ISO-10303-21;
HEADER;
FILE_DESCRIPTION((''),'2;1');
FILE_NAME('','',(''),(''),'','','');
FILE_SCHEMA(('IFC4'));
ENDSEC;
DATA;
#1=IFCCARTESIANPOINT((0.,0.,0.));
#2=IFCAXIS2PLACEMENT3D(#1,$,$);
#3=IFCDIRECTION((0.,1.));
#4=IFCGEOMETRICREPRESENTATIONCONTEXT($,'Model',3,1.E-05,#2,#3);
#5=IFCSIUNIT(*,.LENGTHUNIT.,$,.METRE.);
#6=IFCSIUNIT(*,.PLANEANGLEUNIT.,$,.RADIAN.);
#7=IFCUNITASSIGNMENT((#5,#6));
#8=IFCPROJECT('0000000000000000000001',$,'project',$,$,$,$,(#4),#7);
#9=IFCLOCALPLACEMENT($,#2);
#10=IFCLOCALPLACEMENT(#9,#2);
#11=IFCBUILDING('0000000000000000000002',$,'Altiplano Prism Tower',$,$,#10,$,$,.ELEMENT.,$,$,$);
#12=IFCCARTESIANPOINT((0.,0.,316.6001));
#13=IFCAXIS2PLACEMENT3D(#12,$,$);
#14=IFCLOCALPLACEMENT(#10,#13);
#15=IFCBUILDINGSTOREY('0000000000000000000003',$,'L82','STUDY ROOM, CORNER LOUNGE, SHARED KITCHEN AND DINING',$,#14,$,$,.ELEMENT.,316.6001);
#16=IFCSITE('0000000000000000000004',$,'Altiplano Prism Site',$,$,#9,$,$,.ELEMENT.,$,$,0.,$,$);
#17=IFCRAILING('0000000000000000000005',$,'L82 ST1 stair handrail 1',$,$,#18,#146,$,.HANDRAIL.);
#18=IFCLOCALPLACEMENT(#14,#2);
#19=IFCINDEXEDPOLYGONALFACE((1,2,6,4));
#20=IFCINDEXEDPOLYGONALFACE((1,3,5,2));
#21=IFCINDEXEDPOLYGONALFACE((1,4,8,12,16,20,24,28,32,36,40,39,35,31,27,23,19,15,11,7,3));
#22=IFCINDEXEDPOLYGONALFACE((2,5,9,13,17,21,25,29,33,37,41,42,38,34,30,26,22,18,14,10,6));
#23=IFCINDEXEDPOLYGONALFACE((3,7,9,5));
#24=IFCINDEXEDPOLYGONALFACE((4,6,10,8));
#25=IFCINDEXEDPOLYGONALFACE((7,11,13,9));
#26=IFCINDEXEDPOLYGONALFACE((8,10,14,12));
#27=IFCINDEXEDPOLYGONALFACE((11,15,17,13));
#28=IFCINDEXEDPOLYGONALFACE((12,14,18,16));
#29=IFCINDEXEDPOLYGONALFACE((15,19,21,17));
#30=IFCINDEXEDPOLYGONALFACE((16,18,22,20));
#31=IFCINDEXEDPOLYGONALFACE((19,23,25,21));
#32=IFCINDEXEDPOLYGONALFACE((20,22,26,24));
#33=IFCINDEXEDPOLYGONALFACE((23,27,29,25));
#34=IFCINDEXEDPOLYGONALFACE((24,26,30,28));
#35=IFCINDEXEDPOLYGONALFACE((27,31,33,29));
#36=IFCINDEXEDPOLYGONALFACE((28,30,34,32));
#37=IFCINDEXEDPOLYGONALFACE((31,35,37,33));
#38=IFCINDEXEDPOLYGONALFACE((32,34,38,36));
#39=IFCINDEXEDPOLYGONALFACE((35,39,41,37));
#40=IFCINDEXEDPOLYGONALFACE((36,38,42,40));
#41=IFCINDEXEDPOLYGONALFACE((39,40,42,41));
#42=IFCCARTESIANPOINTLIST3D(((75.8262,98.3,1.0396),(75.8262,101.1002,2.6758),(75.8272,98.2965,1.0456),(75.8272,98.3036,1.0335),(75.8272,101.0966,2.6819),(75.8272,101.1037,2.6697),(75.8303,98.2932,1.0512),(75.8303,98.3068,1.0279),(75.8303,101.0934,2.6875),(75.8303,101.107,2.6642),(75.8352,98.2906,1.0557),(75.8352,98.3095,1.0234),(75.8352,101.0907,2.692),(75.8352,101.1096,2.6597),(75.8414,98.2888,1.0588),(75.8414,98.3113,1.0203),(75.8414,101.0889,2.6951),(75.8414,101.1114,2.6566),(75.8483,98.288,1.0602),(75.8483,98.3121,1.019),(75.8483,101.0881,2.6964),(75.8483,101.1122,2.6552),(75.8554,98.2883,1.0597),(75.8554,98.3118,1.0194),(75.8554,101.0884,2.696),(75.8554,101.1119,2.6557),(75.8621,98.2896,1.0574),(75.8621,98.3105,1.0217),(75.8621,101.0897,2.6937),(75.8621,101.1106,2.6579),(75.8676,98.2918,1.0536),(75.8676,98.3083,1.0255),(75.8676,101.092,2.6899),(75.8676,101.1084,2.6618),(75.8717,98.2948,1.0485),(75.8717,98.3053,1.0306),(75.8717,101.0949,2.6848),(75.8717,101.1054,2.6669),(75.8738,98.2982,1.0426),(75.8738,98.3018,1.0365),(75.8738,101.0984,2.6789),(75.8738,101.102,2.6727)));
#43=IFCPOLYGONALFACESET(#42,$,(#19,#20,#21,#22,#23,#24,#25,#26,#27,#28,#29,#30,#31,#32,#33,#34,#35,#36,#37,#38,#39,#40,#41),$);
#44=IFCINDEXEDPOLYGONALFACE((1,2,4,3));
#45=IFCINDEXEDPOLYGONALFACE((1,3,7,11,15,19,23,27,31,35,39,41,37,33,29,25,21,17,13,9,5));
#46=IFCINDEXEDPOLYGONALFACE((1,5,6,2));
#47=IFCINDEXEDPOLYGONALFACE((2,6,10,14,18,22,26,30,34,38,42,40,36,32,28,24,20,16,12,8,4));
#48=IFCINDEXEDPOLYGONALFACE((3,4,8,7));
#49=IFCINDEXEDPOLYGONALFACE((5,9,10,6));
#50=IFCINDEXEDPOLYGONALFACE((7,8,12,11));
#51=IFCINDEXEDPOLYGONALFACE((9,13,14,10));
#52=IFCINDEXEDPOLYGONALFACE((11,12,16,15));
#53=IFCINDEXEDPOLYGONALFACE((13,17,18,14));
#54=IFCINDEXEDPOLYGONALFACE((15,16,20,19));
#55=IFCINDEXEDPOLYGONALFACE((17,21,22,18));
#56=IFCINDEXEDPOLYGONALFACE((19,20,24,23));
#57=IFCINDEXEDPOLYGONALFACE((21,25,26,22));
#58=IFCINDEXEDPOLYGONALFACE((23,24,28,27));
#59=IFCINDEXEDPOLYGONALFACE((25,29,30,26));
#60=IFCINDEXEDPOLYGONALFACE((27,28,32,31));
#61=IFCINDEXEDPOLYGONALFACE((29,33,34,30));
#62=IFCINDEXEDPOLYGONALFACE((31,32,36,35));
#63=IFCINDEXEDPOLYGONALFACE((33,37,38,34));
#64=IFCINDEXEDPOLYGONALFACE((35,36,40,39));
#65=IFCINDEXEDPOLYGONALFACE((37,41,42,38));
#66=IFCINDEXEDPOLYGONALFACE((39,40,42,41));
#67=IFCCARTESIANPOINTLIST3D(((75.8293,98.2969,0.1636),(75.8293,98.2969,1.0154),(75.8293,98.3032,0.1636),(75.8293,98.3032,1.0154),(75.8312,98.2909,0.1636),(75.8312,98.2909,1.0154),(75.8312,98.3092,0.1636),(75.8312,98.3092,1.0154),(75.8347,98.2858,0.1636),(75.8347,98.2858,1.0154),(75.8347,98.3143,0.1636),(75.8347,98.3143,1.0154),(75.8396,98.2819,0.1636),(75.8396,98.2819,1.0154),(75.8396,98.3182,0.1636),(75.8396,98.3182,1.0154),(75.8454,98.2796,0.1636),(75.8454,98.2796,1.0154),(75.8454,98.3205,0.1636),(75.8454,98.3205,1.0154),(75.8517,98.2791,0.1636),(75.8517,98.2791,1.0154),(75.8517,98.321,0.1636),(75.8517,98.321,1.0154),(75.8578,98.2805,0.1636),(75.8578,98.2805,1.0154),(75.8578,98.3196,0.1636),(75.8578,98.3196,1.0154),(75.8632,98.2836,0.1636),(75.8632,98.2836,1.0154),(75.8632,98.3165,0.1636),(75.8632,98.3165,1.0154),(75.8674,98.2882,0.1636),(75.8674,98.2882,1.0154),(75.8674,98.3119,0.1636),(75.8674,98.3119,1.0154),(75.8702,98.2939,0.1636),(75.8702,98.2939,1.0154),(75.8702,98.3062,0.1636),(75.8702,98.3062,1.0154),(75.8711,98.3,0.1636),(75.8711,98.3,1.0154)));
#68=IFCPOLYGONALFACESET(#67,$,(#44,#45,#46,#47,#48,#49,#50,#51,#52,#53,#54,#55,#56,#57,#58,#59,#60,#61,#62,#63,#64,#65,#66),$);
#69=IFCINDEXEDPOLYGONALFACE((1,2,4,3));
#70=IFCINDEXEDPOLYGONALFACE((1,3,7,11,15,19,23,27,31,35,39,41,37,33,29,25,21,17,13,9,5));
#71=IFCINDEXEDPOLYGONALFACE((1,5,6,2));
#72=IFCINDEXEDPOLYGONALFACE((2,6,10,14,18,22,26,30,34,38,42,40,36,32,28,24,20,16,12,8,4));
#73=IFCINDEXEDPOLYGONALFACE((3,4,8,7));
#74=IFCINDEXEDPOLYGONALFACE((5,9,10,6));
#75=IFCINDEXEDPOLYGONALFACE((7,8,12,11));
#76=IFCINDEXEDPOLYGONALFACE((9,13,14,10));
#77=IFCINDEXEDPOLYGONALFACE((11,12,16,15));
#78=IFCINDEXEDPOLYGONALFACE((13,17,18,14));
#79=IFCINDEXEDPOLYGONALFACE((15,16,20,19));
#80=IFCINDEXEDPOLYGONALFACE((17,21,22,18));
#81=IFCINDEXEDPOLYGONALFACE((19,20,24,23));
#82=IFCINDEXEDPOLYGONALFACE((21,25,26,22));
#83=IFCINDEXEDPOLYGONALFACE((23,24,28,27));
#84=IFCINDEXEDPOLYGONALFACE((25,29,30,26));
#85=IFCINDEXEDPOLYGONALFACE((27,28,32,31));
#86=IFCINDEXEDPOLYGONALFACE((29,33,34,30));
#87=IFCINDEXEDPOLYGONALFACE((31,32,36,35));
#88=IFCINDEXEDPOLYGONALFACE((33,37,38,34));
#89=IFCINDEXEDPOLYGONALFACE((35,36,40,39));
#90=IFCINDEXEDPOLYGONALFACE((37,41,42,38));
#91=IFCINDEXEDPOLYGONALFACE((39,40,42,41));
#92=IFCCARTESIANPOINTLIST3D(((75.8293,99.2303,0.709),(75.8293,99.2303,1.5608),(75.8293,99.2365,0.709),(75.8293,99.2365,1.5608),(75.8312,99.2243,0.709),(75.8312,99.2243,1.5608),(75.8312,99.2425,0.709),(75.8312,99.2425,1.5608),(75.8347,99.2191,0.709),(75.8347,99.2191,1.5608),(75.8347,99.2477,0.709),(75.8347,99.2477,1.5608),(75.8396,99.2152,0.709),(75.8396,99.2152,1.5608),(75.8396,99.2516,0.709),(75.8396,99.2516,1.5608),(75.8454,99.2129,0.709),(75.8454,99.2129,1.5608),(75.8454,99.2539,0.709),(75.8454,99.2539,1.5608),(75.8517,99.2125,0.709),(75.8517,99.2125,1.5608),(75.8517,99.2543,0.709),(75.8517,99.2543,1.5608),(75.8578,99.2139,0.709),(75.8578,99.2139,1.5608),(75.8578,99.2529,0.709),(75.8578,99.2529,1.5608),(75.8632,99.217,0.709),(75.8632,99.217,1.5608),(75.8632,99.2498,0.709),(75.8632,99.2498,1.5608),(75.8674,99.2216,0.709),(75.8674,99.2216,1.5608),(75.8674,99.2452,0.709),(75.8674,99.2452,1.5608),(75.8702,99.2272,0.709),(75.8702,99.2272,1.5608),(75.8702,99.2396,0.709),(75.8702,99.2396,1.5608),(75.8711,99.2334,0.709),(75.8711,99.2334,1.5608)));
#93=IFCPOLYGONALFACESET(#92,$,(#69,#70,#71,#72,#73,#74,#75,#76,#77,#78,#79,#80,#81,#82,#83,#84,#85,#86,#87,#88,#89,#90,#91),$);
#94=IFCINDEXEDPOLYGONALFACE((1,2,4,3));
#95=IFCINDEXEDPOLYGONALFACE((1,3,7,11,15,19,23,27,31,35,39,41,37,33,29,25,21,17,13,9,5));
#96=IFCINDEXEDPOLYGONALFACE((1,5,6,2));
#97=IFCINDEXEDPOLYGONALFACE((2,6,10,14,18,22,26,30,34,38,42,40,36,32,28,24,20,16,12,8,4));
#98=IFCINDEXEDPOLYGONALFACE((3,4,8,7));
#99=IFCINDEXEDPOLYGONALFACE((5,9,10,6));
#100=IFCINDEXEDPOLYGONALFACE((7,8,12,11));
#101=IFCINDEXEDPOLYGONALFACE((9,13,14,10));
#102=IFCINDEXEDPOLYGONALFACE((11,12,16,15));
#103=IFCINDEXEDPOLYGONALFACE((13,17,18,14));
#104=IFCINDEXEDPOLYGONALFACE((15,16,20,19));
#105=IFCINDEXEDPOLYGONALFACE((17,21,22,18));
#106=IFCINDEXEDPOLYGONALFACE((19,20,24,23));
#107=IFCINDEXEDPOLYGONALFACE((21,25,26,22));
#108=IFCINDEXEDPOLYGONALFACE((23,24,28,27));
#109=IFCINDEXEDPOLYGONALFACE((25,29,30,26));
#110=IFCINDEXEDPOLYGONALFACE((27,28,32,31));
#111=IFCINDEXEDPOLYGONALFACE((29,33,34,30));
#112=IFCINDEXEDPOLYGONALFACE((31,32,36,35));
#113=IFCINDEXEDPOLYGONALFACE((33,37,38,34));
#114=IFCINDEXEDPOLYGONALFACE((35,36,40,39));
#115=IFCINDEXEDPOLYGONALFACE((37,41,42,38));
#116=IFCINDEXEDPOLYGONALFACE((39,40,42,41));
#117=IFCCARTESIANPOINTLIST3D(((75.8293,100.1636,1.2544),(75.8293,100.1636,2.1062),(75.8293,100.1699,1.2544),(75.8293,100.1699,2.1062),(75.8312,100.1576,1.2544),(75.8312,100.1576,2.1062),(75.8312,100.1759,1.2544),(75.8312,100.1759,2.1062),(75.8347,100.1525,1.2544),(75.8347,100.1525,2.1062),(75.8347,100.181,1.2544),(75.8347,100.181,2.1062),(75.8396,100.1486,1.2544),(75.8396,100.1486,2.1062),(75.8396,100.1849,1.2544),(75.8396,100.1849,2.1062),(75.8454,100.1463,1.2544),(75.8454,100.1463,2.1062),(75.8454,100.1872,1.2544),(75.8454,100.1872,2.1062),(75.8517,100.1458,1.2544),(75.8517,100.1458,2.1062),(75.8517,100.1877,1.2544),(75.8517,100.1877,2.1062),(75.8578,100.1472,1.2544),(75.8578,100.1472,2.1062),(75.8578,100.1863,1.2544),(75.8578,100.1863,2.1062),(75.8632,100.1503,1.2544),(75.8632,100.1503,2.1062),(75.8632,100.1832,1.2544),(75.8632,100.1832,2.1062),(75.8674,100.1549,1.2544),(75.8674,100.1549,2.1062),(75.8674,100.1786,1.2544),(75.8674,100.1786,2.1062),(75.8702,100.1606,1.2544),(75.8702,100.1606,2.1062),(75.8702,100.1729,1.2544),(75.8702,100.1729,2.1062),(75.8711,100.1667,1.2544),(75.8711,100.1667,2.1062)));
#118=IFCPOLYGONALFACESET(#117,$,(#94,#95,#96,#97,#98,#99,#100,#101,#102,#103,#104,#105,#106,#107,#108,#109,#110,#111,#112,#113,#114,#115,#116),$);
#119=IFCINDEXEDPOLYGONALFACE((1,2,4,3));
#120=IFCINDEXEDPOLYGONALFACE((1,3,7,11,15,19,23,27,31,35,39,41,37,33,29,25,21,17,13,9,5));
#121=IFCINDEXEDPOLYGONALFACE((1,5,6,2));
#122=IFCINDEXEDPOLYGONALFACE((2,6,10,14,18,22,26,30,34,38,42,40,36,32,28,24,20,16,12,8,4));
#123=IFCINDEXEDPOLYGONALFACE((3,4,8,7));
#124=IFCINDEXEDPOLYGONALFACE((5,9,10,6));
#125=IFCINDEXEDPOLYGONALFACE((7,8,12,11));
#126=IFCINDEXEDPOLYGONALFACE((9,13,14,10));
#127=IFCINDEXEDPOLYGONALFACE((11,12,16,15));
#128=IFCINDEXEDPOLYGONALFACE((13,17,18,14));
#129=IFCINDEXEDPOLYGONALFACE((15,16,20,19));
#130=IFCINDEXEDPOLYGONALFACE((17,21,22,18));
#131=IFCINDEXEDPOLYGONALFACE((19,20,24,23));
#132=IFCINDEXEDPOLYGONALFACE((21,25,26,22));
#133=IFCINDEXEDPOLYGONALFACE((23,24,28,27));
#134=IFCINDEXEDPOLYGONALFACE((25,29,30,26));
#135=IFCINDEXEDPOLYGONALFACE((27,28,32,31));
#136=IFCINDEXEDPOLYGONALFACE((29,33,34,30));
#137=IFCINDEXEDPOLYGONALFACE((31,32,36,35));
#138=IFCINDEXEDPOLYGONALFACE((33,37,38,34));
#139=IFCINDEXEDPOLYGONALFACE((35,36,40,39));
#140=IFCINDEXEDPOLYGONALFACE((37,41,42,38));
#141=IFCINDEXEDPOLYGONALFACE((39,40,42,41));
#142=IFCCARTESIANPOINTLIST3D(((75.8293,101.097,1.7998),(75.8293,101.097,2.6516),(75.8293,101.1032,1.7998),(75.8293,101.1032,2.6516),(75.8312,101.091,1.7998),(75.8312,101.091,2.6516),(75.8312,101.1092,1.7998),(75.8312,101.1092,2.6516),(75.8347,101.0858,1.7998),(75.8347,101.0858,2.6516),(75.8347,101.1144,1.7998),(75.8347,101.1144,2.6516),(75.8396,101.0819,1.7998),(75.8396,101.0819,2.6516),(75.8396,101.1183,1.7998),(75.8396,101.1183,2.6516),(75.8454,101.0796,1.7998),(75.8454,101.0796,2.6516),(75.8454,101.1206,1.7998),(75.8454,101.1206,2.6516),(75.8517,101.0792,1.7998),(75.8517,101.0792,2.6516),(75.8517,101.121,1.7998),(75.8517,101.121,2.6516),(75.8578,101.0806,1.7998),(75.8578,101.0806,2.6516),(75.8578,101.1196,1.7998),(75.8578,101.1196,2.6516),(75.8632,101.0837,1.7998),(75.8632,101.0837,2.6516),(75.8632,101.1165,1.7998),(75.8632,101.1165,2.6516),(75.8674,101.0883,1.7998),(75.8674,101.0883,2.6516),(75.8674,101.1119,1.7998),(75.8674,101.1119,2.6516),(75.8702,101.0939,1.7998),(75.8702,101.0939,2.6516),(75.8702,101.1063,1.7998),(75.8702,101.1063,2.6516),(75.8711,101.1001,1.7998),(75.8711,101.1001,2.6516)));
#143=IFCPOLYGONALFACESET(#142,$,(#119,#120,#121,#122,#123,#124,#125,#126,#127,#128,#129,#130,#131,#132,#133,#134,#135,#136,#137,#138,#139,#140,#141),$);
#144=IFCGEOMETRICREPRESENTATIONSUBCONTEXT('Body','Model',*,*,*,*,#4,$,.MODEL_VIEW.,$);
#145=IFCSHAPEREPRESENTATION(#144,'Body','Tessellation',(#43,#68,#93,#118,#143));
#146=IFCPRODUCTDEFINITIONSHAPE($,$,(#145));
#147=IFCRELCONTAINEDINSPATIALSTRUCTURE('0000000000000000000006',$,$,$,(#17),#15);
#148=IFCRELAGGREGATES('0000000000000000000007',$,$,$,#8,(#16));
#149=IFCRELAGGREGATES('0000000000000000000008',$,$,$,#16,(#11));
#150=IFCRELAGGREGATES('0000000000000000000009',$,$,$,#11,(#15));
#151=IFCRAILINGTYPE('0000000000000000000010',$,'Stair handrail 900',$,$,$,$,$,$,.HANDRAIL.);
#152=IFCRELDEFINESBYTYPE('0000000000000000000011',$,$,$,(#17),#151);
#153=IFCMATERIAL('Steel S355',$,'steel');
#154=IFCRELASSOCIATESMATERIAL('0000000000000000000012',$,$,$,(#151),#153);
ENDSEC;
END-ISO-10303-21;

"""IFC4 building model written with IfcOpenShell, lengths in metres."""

from ifc_helpers import new_model, si_unit, direction, frame, origin, origin_2d, place, context, subcontext, project, spatial, circle, extrude, material, type_object, element, save


model = new_model("IFC4")

# Units and contexts
model_context = context("Model", 3, precision=1e-05, world=origin(), true_north=direction((0.0, 1.0)))
body_context = subcontext(model_context, "Body", "Model", "MODEL_VIEW")
ifc_project = project(units=[si_unit("LENGTHUNIT", "METRE"), si_unit("PLANEANGLEUNIT", "RADIAN")], contexts=[model_context])

# Site, building, storey
site_placement = place(None, origin())
site = spatial("IfcSite", under=ifc_project, at=site_placement, Name="Altiplano Prism Site", CompositionType="ELEMENT", RefElevation=0.0)
building_placement = place(site_placement, origin())
building = spatial("IfcBuilding", under=site, at=building_placement, Name="Altiplano Prism Tower", CompositionType="ELEMENT")
storey_placement = place(building_placement, frame((0.0, 0.0, 316.6001)))
storey = spatial("IfcBuildingStorey", under=building, at=storey_placement, Name="L82", Description="STUDY ROOM, CORNER LOUNGE, SHARED KITCHEN AND DINING", CompositionType="ELEMENT", Elevation=316.6001)

# Railing
ifc_material_1 = material(Name="Steel S355", Category="steel")
railing_type_1 = type_object("IfcRailingType", Name="Stair handrail 900", PredefinedType="HANDRAIL", material=ifc_material_1)
railing_1_placement = place(storey_placement, frame((75.8501, 98.3, 0.1636)))
element("IfcRailing", 1, at=railing_1_placement, inside=storey, type_object=railing_type_1, Name="L82 ST1 stair handrail 1", PredefinedType="HANDRAIL", context=body_context, shape_type="SweptSolid", body=[
    extrude(circle(Radius=0.0239, at=origin_2d()), frame((0.0, 0.0, 0.876), z_axis=(0.0, 0.863394, 0.504531), x_axis=(-1.0, 0.0, 0.0)), (0.0, 0.0, 1.0), 3.2432),
    extrude(circle(Radius=0.021, at=origin_2d()), origin(), (0.0, 0.0, 1.0), 0.8518),
    extrude(circle(Radius=0.021, at=origin_2d()), frame((0.0, 0.9333, 0.5454)), (0.0, 0.0, 1.0), 0.8518),
    extrude(circle(Radius=0.021, at=origin_2d()), frame((0.0, 1.8667, 1.0908)), (0.0, 0.0, 1.0), 0.8518),
    extrude(circle(Radius=0.021, at=origin_2d()), frame((0.0, 2.8, 1.6362)), (0.0, 0.0, 1.0), 0.8518),
])

save(model, "model.ifc")
